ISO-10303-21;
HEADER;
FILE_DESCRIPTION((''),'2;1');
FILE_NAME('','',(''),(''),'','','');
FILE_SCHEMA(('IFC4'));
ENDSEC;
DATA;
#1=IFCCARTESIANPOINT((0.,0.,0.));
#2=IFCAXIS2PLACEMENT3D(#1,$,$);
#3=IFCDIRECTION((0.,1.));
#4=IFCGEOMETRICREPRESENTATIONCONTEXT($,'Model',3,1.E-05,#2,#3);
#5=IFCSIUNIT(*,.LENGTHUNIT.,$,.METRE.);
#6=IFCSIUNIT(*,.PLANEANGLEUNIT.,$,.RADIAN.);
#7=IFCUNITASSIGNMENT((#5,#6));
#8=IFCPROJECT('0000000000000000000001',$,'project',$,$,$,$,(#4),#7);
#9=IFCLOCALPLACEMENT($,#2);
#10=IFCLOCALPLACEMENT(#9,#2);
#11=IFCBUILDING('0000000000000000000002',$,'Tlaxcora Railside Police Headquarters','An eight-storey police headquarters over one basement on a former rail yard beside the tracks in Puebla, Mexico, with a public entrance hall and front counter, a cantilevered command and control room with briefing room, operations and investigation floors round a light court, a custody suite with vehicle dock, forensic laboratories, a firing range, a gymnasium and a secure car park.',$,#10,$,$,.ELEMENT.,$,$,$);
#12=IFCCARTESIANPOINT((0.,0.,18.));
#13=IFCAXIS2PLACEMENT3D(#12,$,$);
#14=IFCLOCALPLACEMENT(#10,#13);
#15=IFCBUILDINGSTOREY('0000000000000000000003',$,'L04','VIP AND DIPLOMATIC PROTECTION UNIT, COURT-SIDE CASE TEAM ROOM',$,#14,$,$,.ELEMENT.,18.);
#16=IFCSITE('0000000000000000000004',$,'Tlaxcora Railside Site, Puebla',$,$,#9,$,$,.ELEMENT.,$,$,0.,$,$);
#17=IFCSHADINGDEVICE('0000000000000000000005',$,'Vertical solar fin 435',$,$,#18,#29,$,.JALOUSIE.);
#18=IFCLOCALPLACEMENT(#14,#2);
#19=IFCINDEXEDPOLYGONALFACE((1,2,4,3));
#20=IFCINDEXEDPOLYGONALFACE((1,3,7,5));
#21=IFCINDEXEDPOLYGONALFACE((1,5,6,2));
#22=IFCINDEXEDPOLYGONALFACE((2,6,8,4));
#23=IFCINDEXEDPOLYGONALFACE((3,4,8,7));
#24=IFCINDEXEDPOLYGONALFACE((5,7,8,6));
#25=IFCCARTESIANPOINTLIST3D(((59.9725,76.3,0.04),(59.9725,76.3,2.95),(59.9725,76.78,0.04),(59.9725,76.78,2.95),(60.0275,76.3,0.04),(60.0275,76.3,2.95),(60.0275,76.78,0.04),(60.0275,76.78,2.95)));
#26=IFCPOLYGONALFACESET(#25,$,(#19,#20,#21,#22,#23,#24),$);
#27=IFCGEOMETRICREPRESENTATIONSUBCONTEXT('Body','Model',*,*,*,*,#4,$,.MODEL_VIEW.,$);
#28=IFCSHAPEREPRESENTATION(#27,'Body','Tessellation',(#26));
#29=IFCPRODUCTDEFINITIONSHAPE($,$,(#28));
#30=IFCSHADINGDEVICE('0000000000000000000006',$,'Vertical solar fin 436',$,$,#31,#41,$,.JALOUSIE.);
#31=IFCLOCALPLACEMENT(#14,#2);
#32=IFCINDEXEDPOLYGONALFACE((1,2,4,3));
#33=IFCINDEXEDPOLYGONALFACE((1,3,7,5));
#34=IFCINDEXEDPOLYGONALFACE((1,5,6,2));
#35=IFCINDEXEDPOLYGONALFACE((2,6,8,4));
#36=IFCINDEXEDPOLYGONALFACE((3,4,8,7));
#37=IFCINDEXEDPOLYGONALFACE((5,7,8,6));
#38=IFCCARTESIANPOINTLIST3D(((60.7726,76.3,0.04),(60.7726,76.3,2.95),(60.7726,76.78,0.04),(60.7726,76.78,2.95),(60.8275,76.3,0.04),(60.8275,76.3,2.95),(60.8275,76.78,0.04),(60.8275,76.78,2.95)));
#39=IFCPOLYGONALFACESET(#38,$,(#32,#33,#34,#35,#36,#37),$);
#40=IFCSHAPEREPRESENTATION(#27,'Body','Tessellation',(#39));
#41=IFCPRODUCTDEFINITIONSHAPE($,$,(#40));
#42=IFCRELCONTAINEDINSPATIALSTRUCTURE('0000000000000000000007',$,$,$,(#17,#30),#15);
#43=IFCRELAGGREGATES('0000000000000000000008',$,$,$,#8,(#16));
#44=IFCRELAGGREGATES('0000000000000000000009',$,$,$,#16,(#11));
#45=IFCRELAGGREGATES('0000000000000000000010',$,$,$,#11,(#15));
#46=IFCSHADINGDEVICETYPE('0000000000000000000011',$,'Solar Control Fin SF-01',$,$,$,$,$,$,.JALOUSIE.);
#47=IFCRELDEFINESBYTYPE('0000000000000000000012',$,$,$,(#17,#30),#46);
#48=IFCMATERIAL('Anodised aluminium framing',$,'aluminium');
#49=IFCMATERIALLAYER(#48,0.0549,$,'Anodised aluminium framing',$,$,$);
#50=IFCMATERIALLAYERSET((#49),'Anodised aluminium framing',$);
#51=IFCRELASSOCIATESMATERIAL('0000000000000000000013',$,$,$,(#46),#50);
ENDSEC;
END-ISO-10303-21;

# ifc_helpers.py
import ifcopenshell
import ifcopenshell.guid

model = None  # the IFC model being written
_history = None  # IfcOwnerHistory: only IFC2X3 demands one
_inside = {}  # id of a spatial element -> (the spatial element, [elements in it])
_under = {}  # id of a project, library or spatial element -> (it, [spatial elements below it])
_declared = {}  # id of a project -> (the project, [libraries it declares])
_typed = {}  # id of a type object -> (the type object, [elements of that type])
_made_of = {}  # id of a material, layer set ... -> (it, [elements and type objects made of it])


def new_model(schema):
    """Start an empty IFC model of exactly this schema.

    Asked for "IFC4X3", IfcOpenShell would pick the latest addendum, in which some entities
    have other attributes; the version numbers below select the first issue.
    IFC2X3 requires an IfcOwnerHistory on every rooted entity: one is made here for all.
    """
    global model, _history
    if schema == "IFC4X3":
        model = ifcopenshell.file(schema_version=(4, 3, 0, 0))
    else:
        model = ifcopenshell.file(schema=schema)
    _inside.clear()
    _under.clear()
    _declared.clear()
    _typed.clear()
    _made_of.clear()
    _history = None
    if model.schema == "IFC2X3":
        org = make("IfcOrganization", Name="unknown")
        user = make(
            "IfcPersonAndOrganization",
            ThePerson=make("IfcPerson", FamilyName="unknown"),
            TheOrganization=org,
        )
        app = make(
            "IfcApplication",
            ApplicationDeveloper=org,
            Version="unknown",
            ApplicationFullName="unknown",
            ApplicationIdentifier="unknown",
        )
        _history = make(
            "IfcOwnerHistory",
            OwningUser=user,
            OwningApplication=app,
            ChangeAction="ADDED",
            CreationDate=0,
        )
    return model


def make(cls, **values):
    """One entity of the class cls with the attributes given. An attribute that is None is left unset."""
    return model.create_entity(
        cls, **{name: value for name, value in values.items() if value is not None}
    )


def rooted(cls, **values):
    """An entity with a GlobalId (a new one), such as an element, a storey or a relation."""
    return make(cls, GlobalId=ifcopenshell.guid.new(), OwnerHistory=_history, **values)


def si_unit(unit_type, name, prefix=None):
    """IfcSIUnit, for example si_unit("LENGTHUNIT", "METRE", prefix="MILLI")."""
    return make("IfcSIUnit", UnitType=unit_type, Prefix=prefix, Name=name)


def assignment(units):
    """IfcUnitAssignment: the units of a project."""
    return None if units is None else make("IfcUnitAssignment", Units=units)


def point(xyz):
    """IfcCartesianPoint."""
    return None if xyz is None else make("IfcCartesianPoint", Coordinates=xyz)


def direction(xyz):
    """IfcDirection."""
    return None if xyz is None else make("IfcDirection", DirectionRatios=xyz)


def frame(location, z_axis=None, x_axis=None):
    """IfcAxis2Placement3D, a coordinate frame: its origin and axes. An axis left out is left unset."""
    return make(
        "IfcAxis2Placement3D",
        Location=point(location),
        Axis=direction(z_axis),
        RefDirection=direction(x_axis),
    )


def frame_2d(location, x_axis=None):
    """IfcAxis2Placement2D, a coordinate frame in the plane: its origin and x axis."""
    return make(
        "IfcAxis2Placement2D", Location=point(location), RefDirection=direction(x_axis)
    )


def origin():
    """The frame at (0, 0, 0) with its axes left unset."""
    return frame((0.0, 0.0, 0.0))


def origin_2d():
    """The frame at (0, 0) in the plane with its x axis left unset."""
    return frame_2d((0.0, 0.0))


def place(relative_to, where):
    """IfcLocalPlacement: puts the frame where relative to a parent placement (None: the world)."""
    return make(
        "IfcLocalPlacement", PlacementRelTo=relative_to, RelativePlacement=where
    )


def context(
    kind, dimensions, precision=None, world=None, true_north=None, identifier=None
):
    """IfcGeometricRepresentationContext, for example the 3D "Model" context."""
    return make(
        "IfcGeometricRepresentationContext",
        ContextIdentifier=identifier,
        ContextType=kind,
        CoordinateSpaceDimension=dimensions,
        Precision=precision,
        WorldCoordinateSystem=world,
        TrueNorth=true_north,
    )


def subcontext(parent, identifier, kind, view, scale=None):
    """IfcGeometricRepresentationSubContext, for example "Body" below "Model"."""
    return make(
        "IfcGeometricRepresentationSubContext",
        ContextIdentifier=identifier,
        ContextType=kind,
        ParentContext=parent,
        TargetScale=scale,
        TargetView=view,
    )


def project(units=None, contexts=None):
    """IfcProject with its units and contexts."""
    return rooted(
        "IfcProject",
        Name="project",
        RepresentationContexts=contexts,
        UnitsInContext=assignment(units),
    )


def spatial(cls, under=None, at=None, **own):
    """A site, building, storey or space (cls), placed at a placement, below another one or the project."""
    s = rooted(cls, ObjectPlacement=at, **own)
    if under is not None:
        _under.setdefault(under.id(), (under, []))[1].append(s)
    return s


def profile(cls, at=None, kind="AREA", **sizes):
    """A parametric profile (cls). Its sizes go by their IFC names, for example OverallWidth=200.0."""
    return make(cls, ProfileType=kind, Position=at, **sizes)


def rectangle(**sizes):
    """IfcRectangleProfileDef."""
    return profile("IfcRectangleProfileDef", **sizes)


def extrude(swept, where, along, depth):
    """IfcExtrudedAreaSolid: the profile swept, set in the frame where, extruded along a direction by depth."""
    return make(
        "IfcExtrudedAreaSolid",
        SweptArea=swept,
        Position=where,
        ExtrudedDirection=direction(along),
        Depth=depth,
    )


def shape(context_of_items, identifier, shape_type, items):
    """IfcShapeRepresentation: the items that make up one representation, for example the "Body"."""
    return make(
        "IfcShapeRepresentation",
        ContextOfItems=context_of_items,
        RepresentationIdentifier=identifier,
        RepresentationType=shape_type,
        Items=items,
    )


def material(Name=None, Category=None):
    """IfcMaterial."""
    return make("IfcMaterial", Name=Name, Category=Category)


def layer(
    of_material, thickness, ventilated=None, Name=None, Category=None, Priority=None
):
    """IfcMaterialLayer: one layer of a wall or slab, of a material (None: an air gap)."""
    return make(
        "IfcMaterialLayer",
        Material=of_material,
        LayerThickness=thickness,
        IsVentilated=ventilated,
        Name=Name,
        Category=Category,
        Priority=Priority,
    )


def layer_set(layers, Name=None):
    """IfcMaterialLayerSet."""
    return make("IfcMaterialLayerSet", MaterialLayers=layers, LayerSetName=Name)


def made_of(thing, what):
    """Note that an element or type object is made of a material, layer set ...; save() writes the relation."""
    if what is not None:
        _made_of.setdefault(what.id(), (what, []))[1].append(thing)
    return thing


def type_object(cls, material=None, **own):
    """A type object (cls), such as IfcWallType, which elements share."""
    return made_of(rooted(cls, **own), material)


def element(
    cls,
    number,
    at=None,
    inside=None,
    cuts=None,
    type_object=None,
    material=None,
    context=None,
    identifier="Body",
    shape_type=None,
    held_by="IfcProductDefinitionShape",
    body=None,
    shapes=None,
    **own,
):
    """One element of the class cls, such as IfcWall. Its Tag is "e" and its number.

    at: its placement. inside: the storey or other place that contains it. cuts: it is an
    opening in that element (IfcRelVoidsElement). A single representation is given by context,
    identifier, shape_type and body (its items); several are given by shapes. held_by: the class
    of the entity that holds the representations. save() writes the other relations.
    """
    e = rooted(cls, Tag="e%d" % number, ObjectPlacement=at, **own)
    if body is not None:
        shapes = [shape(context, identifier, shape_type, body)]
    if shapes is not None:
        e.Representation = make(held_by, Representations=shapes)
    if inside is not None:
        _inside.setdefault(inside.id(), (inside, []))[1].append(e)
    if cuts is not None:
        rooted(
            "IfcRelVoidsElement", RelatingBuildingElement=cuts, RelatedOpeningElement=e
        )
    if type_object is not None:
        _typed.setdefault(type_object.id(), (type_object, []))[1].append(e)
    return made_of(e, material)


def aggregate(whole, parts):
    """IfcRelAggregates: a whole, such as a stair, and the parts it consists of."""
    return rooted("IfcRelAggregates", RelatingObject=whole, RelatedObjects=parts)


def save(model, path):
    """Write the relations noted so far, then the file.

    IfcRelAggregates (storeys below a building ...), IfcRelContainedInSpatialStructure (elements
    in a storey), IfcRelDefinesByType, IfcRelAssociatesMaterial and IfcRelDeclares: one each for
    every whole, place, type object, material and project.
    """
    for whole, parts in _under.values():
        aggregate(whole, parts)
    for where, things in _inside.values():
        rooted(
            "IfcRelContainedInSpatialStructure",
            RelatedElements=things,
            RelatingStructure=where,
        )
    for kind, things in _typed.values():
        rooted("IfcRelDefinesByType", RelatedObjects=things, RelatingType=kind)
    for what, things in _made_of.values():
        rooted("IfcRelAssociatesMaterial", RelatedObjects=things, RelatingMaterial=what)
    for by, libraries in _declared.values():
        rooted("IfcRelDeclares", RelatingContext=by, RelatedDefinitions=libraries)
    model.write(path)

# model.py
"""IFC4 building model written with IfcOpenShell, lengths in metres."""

from ifc_helpers import new_model, si_unit, direction, frame, origin, origin_2d, place, context, subcontext, project, spatial, rectangle, extrude, material, layer, layer_set, type_object, element, save


model = new_model("IFC4")

# Units and contexts
model_context = context("Model", 3, precision=1e-05, world=origin(), true_north=direction((0.0, 1.0)))
body_context = subcontext(model_context, "Body", "Model", "MODEL_VIEW")
ifc_project = project(units=[si_unit("LENGTHUNIT", "METRE"), si_unit("PLANEANGLEUNIT", "RADIAN")], contexts=[model_context])

# Site, building, storey
site_placement = place(None, origin())
site = spatial("IfcSite", under=ifc_project, at=site_placement, Name="Tlaxcora Railside Site, Puebla", CompositionType="ELEMENT", RefElevation=0.0)
building_placement = place(site_placement, origin())
building = spatial("IfcBuilding", under=site, at=building_placement, Name="Tlaxcora Railside Police Headquarters", Description="An eight-storey police headquarters over one basement on a former rail yard beside the tracks in Puebla, Mexico, with a public entrance hall and front counter, a cantilevered command and control room with briefing room, operations and investigation floors round a light court, a custody suite with vehicle dock, forensic laboratories, a firing range, a gymnasium and a secure car park.", CompositionType="ELEMENT")
storey_placement = place(building_placement, frame((0.0, 0.0, 18.0)))
storey = spatial("IfcBuildingStorey", under=building, at=storey_placement, Name="L04", Description="VIP AND DIPLOMATIC PROTECTION UNIT, COURT-SIDE CASE TEAM ROOM", CompositionType="ELEMENT", Elevation=18.0)

# Shared definitions
ifc_material_1 = material(Name="Anodised aluminium framing", Category="aluminium")

# Shading devices
ifc_layer = layer(ifc_material_1, 0.0549, Name="Anodised aluminium framing")
ifc_layer_set = layer_set([ifc_layer], Name="Anodised aluminium framing")
shading_device_type = type_object("IfcShadingDeviceType", Name="Solar Control Fin SF-01", PredefinedType="JALOUSIE", material=ifc_layer_set)
for number, where, z_axis, x_axis, name in (
    (1, (60.0, 76.54, 0.04), (0.0, 0.0, 1.0), (0.0, -1.0, 0.0), "Vertical solar fin 435"),
    (2, (60.8, 76.54, 0.04), (0.0, 0.0, 1.0), (0.0, -1.0, 0.0), "Vertical solar fin 436"),
):
    element("IfcShadingDevice", number, at=place(storey_placement, frame(where, z_axis=z_axis, x_axis=x_axis)), inside=storey, type_object=shading_device_type, Name=name, PredefinedType="JALOUSIE", context=body_context, shape_type="SweptSolid", body=[
        extrude(rectangle(XDim=0.48, YDim=0.0549, at=origin_2d()), origin(), (0.0, 0.0, 1.0), 2.9099),
    ])

save(model, "model.ifc")
